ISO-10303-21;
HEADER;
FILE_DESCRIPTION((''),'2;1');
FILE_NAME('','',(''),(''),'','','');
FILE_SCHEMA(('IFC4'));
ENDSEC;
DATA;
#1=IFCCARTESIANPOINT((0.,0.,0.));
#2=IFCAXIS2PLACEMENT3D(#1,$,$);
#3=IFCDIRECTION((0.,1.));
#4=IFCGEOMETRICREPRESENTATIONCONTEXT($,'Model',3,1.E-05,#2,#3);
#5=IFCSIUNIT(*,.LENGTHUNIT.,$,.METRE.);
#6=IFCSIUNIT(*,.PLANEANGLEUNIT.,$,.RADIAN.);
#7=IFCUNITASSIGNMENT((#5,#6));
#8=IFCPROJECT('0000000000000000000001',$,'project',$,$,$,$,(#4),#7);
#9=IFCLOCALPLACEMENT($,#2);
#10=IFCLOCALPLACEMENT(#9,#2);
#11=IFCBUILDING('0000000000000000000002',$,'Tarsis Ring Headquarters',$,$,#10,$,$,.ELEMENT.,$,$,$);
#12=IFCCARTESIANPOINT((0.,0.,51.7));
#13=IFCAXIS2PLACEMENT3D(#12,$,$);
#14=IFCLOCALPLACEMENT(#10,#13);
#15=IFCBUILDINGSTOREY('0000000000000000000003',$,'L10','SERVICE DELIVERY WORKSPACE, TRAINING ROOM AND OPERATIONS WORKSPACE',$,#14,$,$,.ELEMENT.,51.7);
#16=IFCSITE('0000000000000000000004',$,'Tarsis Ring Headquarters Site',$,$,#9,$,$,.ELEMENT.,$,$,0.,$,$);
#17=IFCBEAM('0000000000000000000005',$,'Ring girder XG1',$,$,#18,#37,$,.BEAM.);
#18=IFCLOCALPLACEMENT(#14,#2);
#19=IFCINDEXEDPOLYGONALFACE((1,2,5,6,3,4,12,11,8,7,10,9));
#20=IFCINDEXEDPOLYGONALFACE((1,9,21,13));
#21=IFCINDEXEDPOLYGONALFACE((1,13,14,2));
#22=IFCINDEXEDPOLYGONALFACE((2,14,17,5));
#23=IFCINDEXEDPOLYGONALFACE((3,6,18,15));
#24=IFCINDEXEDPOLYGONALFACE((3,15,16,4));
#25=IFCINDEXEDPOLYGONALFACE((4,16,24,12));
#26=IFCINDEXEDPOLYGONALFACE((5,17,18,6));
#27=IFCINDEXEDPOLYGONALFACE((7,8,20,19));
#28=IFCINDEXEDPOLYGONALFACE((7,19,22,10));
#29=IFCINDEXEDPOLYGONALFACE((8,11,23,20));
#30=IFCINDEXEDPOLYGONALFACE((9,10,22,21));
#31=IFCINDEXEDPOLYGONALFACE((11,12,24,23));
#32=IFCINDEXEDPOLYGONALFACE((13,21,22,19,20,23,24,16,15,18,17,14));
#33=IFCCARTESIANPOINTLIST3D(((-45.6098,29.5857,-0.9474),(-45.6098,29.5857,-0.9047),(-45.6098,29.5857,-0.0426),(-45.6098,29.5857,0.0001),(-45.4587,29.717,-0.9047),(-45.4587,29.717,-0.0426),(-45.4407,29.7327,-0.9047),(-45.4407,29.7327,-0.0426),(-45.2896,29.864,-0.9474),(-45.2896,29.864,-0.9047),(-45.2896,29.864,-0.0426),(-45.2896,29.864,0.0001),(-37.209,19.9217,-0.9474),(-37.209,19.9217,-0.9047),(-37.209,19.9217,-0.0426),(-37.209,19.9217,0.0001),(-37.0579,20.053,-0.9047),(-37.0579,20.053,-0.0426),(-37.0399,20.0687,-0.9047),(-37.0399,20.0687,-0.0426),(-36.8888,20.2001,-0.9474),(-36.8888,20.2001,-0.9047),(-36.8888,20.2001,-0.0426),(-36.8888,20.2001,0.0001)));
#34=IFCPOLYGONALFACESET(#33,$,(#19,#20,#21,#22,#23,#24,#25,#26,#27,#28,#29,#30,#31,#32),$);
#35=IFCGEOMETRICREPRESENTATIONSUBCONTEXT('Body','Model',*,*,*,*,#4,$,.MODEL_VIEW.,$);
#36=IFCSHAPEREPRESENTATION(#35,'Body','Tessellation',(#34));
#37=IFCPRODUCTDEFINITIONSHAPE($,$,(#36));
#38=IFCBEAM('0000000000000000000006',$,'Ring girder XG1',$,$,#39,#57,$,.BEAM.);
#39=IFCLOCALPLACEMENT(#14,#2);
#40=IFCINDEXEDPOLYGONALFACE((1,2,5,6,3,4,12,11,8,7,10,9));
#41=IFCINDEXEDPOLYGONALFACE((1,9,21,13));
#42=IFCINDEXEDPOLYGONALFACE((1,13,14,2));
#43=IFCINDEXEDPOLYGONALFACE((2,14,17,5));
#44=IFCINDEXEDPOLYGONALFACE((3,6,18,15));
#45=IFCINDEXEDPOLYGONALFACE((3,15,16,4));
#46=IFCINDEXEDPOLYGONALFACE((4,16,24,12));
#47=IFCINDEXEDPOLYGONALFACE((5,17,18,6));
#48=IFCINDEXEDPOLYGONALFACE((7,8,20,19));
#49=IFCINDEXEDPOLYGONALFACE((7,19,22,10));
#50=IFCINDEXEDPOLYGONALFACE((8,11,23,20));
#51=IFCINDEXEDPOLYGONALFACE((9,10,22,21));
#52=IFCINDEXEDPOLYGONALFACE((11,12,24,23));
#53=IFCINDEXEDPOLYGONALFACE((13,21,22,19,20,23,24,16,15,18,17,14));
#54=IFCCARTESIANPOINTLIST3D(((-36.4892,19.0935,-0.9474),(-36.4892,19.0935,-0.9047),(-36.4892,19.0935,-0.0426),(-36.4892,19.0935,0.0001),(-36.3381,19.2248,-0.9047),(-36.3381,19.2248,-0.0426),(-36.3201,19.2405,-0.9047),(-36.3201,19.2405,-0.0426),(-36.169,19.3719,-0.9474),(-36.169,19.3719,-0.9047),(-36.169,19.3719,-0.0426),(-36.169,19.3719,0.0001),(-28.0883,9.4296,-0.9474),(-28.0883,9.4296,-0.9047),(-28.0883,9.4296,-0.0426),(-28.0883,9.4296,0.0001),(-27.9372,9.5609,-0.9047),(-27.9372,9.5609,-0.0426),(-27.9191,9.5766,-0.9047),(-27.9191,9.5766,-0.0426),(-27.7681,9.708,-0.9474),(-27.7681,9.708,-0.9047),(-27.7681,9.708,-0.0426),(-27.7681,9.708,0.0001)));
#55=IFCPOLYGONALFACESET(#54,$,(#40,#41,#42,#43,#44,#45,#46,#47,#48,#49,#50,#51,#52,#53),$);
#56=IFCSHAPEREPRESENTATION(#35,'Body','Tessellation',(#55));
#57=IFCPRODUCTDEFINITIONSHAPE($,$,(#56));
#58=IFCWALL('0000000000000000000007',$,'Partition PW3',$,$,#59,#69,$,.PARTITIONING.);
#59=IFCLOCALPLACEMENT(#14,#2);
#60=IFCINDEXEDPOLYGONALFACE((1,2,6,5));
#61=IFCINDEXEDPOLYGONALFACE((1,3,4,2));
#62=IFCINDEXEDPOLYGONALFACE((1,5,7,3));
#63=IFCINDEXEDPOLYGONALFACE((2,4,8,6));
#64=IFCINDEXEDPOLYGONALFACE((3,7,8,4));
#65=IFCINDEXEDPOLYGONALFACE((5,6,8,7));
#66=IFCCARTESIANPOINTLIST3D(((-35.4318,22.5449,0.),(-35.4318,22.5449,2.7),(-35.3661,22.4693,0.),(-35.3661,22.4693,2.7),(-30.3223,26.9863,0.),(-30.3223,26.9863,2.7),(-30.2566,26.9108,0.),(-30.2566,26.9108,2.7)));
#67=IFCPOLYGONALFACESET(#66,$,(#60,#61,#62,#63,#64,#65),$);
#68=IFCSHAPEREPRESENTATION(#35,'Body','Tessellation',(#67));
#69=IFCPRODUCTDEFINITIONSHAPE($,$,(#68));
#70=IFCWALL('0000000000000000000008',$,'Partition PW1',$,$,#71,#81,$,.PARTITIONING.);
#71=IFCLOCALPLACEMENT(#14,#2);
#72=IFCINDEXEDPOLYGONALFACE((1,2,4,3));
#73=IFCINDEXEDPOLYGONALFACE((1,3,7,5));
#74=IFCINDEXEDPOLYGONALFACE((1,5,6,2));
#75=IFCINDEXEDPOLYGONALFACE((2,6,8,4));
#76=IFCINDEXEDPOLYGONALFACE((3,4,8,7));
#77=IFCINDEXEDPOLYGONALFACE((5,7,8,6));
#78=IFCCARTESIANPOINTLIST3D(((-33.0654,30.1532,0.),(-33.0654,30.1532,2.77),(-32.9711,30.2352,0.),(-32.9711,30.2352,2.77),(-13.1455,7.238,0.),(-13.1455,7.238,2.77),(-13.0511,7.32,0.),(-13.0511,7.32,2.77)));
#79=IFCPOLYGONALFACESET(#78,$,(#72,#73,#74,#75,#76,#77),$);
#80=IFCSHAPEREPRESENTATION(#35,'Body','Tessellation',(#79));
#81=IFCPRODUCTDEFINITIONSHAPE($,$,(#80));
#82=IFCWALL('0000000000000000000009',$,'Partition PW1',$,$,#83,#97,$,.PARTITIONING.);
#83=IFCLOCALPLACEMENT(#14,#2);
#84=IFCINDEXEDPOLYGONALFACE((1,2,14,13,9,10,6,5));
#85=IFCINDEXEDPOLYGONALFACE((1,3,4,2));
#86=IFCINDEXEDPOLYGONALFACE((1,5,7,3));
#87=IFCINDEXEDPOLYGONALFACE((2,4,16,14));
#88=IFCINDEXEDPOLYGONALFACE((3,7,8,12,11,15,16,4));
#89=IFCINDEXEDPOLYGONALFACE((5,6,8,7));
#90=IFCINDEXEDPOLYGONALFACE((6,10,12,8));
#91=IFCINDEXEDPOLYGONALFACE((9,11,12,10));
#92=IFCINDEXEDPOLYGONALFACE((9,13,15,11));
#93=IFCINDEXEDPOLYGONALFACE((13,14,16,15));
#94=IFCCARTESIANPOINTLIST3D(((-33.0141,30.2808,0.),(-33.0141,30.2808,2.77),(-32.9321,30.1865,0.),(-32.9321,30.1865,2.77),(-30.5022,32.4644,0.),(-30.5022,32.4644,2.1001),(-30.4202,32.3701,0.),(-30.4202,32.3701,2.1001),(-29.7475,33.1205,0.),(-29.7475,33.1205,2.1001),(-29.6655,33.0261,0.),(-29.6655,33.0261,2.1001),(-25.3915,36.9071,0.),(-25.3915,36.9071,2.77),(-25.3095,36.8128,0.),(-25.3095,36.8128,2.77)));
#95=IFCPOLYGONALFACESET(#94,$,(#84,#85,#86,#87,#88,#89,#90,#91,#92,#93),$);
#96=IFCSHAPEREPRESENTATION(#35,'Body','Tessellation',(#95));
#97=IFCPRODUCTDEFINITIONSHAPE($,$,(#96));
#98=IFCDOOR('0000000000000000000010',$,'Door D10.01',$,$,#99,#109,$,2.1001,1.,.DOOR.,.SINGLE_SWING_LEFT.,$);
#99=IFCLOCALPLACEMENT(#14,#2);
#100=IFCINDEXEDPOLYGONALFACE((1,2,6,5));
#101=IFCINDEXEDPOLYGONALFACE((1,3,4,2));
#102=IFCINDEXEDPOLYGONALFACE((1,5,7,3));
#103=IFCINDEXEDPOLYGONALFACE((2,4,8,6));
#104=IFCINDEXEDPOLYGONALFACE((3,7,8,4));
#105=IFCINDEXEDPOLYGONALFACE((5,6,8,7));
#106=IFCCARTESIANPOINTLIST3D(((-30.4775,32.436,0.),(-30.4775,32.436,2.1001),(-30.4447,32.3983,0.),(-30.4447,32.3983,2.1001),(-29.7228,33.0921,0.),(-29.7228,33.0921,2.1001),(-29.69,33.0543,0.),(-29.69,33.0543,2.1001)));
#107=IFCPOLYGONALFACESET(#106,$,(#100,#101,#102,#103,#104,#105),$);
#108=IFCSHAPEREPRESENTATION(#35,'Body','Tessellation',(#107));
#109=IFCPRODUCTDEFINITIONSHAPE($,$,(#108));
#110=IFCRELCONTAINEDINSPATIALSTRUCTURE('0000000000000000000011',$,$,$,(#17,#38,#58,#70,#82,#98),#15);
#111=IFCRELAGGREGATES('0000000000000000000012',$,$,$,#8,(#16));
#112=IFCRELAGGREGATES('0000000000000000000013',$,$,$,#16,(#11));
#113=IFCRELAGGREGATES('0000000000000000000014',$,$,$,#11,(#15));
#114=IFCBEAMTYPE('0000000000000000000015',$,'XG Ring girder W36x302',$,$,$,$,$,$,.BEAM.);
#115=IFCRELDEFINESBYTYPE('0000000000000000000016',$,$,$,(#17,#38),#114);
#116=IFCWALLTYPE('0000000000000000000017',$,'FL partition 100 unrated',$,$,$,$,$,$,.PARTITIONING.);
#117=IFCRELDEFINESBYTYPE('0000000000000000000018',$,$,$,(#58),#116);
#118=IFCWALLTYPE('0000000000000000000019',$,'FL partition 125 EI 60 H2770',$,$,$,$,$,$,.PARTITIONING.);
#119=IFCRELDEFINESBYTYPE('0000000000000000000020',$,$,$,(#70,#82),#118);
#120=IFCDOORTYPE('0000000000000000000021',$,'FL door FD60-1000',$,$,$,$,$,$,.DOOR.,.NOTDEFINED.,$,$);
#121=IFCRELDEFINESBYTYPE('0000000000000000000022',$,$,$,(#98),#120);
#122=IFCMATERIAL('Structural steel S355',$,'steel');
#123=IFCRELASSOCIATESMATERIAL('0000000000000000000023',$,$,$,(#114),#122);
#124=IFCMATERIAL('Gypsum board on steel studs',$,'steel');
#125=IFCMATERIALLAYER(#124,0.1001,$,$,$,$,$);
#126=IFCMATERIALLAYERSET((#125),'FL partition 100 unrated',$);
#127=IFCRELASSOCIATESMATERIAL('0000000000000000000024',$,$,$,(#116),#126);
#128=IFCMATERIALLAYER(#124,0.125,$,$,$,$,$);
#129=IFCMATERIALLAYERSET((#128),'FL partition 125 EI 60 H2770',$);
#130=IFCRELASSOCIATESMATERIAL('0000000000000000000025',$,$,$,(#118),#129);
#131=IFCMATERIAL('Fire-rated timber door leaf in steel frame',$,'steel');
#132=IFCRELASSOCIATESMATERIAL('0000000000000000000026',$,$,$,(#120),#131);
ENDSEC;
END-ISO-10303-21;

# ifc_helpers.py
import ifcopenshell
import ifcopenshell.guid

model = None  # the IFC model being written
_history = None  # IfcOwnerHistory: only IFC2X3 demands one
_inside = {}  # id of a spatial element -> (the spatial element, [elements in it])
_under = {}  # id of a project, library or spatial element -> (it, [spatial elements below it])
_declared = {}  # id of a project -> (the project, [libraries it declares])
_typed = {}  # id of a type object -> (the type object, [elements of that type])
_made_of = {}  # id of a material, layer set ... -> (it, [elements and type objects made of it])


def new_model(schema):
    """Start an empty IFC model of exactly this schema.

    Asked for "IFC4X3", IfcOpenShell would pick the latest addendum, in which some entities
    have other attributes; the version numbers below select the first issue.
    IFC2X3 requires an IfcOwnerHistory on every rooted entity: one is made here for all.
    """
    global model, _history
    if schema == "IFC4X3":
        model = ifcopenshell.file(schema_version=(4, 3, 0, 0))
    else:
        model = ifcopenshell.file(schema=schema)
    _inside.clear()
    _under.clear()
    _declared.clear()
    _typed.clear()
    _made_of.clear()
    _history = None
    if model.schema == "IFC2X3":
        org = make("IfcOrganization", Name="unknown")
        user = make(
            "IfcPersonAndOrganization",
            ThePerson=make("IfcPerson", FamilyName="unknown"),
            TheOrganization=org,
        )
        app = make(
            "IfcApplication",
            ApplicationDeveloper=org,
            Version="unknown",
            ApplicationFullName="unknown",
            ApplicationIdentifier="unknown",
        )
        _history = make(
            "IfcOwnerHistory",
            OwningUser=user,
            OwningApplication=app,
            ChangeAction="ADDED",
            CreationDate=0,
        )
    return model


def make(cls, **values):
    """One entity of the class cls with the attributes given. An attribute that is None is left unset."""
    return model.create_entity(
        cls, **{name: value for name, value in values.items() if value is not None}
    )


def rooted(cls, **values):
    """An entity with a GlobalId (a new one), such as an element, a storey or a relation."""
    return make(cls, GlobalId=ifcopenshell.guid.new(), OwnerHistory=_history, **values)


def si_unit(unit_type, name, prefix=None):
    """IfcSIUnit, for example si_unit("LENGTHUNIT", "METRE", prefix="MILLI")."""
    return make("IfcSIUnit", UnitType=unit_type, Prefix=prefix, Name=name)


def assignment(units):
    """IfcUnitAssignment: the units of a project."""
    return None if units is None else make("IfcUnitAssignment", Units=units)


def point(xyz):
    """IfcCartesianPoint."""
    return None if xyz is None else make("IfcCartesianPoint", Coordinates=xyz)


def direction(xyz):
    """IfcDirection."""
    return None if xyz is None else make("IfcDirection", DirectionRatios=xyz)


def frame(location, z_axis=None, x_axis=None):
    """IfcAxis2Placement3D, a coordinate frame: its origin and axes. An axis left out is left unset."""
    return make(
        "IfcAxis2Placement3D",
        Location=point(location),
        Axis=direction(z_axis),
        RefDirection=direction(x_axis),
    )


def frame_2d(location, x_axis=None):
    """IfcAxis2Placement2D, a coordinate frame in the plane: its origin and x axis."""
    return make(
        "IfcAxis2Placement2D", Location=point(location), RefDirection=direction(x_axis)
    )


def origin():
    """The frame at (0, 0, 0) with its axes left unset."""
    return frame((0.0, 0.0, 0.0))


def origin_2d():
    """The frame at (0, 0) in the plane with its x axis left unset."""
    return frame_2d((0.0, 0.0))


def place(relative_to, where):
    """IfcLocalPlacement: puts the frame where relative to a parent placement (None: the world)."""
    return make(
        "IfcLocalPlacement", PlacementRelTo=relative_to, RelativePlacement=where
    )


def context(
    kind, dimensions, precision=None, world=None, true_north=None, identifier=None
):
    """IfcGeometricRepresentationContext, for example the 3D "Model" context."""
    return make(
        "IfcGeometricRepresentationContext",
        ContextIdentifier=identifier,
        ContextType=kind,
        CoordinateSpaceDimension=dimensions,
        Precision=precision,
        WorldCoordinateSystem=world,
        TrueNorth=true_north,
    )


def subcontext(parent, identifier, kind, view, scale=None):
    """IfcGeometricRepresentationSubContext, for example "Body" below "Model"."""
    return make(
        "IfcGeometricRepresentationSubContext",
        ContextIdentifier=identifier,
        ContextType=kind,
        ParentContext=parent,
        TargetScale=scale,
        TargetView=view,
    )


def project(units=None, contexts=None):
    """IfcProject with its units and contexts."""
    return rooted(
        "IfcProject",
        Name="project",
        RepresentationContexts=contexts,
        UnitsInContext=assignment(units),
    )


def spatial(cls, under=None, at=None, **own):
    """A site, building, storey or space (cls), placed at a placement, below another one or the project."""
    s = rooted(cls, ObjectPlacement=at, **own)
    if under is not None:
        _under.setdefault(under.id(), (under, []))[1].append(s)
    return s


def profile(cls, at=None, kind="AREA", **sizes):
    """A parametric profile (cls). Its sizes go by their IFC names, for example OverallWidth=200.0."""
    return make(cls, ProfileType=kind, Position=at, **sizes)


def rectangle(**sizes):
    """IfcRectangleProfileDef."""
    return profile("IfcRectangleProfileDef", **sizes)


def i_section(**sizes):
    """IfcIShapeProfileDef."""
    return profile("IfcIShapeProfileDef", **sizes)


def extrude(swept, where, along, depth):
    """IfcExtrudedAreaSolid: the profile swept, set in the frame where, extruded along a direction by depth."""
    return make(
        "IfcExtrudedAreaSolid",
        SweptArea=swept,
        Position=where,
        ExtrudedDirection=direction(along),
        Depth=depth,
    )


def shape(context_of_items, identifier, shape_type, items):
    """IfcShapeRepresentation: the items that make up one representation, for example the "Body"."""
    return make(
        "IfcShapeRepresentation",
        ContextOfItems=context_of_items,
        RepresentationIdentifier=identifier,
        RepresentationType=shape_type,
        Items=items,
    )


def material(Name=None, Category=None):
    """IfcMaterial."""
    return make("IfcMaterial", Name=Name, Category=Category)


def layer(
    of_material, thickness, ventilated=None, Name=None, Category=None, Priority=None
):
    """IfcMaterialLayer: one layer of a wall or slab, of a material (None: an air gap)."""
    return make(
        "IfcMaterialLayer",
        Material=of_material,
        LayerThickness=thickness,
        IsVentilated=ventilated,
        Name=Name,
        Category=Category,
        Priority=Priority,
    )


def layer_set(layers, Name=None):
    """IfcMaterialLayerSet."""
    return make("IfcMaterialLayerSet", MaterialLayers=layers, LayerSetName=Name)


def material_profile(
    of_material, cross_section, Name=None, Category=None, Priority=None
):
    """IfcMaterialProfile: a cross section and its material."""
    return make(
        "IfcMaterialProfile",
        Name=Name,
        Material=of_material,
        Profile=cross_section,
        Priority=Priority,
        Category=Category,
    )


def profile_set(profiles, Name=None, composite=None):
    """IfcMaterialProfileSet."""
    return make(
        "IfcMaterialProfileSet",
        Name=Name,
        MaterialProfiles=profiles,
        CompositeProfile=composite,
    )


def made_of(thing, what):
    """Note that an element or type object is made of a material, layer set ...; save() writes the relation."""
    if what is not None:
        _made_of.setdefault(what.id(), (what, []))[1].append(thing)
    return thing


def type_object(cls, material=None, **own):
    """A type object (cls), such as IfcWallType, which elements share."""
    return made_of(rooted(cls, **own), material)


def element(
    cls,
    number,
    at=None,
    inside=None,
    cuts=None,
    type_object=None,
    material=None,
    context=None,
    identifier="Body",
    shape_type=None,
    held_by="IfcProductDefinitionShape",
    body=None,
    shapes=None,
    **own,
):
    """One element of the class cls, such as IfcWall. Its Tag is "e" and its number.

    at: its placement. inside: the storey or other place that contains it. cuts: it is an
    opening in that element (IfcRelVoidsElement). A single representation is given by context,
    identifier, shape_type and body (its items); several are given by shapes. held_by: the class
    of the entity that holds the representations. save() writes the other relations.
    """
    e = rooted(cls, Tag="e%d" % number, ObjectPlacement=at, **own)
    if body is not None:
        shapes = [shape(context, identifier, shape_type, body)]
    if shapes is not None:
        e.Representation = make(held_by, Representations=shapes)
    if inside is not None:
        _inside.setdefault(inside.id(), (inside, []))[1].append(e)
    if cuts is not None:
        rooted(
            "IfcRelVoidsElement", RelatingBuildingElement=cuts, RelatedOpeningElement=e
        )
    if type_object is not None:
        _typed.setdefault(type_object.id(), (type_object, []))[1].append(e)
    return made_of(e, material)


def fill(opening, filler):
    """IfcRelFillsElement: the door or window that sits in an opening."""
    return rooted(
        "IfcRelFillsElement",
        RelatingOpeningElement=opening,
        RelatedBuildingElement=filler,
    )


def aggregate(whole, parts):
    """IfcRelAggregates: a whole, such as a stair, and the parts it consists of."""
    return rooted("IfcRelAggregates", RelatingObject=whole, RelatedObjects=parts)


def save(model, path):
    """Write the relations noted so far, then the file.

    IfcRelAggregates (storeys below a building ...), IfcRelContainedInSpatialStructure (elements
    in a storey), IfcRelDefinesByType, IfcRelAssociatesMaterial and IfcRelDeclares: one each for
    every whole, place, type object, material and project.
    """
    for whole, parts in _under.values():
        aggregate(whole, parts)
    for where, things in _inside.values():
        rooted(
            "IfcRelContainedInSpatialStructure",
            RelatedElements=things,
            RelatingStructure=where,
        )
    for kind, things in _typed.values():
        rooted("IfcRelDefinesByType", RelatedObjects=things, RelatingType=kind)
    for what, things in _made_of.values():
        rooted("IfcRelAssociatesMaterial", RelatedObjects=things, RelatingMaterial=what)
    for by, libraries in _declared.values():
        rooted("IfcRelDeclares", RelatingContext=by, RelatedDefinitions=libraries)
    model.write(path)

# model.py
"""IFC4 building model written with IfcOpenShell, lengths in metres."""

from ifc_helpers import new_model, si_unit, direction, frame, frame_2d, origin, origin_2d, place, context, subcontext, project, spatial, rectangle, i_section, extrude, material, layer, layer_set, material_profile, profile_set, type_object, element, fill, save


model = new_model("IFC4")

# Units and contexts
model_context = context("Model", 3, precision=1e-05, world=origin(), true_north=direction((0.0, 1.0)))
body_context = subcontext(model_context, "Body", "Model", "MODEL_VIEW")
ifc_project = project(units=[si_unit("LENGTHUNIT", "METRE"), si_unit("PLANEANGLEUNIT", "RADIAN")], contexts=[model_context])

# Site, building, storey
site_placement = place(None, origin())
site = spatial("IfcSite", under=ifc_project, at=site_placement, Name="Tarsis Ring Headquarters Site", CompositionType="ELEMENT", RefElevation=0.0)
building_placement = place(site_placement, origin())
building = spatial("IfcBuilding", under=site, at=building_placement, Name="Tarsis Ring Headquarters", CompositionType="ELEMENT")
storey_placement = place(building_placement, frame((0.0, 0.0, 51.7)))
storey = spatial("IfcBuildingStorey", under=building, at=storey_placement, Name="L10", Description="SERVICE DELIVERY WORKSPACE, TRAINING ROOM AND OPERATIONS WORKSPACE", CompositionType="ELEMENT", Elevation=51.7)

# Beams
ifc_material_1 = material(Name="Structural steel S355", Category="steel")
ifc_material_profile_1 = material_profile(ifc_material_1, i_section(OverallWidth=0.4243, OverallDepth=0.9475, WebThickness=0.0239, FlangeThickness=0.0427, at=origin_2d()), Name="W36x302")
ifc_profile_set_1 = profile_set([ifc_material_profile_1], Name="Structural steel S355")
beam_type = type_object("IfcBeamType", Name="XG Ring girder W36x302", PredefinedType="BEAM", material=ifc_profile_set_1)
for number, where, z_axis, x_axis, name in (
    (1, (-45.4497, 29.7249, -0.4736), (0.656061, -0.754708, 0.0), (0.754708, 0.656061, 0.0), "Ring girder XG1"),
    (2, (-36.3291, 19.2327, -0.4736), (0.65607, -0.7547, 0.0), (0.7547, 0.65607, 0.0), "Ring girder XG1"),
):
    element("IfcBeam", number, at=place(storey_placement, frame(where, z_axis=z_axis, x_axis=x_axis)), inside=storey, type_object=beam_type, Name=name, PredefinedType="BEAM", context=body_context, shape_type="SweptSolid", body=[
        extrude(i_section(OverallWidth=0.4243, OverallDepth=0.9475, WebThickness=0.0239, FlangeThickness=0.0427, at=origin_2d()), origin(), (0.0, 0.0, 1.0), 12.8049),
    ])

# Walls
ifc_material_2 = material(Name="Gypsum board on steel studs", Category="steel")
ifc_layer_1 = layer(ifc_material_2, 0.1001)
ifc_layer_set_1 = layer_set([ifc_layer_1], Name="FL partition 100 unrated")
wall_type_1 = type_object("IfcWallType", Name="FL partition 100 unrated", PredefinedType="PARTITIONING", material=ifc_layer_set_1)
wall_1_placement = place(storey_placement, frame((-35.3989, 22.5071, 0.0), z_axis=(0.0, 0.0, 1.0), x_axis=(0.754717, 0.65605, 0.0)))
element("IfcWall", 3, at=wall_1_placement, inside=storey, type_object=wall_type_1, Name="Partition PW3", PredefinedType="PARTITIONING", context=body_context, shape_type="SweptSolid", body=[
    extrude(rectangle(XDim=6.77, YDim=0.1001, at=frame_2d((3.385, 0.0))), origin(), (0.0, 0.0, 1.0), 2.7),
])
ifc_layer_2 = layer(ifc_material_2, 0.125)
ifc_layer_set_2 = layer_set([ifc_layer_2], Name="FL partition 125 EI 60 H2770")
wall_type_2 = type_object("IfcWallType", Name="FL partition 125 EI 60 H2770", PredefinedType="PARTITIONING", material=ifc_layer_set_2)
wall_2_placement = place(storey_placement, frame((-33.0183, 30.1943, 0.0), z_axis=(0.0, 0.0, 1.0), x_axis=(0.656058, -0.75471, 0.0)))
element("IfcWall", 4, at=wall_2_placement, inside=storey, type_object=wall_type_2, Name="Partition PW1", PredefinedType="PARTITIONING", context=body_context, shape_type="SweptSolid", body=[
    extrude(rectangle(XDim=30.363, YDim=0.125, at=frame_2d((15.1816, 0.0))), origin(), (0.0, 0.0, 1.0), 2.77),
])

# Wall, opening, door
wall_3_placement = place(storey_placement, frame((-32.9731, 30.2336, 0.0), z_axis=(0.0, 0.0, 1.0), x_axis=(0.754708, 0.656061, 0.0)))
wall_3 = element("IfcWall", 5, at=wall_3_placement, inside=storey, type_object=wall_type_2, Name="Partition PW1", PredefinedType="PARTITIONING", context=body_context, shape_type="SweptSolid", body=[
    extrude(rectangle(XDim=10.1001, YDim=0.125, at=frame_2d((5.05, 0.0))), origin(), (0.0, 0.0, 1.0), 2.77),
])
opening_1_placement = place(wall_3_placement, frame((3.3284, 0.0, 0.0)))
opening_1 = element("IfcOpeningElement", 6, at=opening_1_placement, cuts=wall_3, PredefinedType="OPENING", context=body_context, shape_type="SweptSolid", body=[
    extrude(rectangle(XDim=1.0, YDim=2.1001, at=frame_2d((0.5, 1.05))), frame((0.0, 0.0725, 0.0), z_axis=(0.0, -1.0, 0.0), x_axis=(1.0, 0.0, 0.0)), (0.0, 0.0, 1.0), 0.145),
])
ifc_material_3 = material(Name="Fire-rated timber door leaf in steel frame", Category="steel")
door_type = type_object("IfcDoorType", Name="FL door FD60-1000", OperationType="NOTDEFINED", PredefinedType="DOOR", material=ifc_material_3)
door_placement = place(opening_1_placement, origin())
door = element("IfcDoor", 7, at=door_placement, inside=storey, type_object=door_type, Name="Door D10.01", OperationType="SINGLE_SWING_LEFT", OverallHeight=2.1001, OverallWidth=1.0, PredefinedType="DOOR", context=body_context, shape_type="SweptSolid", body=[
    extrude(rectangle(XDim=1.0, YDim=2.1001, at=frame_2d((0.5, 1.05))), frame((0.0, 0.0249, 0.0), z_axis=(0.0, -1.0, 0.0), x_axis=(1.0, 0.0, 0.0)), (0.0, 0.0, 1.0), 0.05),
])
fill(opening_1, door)

save(model, "model.ifc")
